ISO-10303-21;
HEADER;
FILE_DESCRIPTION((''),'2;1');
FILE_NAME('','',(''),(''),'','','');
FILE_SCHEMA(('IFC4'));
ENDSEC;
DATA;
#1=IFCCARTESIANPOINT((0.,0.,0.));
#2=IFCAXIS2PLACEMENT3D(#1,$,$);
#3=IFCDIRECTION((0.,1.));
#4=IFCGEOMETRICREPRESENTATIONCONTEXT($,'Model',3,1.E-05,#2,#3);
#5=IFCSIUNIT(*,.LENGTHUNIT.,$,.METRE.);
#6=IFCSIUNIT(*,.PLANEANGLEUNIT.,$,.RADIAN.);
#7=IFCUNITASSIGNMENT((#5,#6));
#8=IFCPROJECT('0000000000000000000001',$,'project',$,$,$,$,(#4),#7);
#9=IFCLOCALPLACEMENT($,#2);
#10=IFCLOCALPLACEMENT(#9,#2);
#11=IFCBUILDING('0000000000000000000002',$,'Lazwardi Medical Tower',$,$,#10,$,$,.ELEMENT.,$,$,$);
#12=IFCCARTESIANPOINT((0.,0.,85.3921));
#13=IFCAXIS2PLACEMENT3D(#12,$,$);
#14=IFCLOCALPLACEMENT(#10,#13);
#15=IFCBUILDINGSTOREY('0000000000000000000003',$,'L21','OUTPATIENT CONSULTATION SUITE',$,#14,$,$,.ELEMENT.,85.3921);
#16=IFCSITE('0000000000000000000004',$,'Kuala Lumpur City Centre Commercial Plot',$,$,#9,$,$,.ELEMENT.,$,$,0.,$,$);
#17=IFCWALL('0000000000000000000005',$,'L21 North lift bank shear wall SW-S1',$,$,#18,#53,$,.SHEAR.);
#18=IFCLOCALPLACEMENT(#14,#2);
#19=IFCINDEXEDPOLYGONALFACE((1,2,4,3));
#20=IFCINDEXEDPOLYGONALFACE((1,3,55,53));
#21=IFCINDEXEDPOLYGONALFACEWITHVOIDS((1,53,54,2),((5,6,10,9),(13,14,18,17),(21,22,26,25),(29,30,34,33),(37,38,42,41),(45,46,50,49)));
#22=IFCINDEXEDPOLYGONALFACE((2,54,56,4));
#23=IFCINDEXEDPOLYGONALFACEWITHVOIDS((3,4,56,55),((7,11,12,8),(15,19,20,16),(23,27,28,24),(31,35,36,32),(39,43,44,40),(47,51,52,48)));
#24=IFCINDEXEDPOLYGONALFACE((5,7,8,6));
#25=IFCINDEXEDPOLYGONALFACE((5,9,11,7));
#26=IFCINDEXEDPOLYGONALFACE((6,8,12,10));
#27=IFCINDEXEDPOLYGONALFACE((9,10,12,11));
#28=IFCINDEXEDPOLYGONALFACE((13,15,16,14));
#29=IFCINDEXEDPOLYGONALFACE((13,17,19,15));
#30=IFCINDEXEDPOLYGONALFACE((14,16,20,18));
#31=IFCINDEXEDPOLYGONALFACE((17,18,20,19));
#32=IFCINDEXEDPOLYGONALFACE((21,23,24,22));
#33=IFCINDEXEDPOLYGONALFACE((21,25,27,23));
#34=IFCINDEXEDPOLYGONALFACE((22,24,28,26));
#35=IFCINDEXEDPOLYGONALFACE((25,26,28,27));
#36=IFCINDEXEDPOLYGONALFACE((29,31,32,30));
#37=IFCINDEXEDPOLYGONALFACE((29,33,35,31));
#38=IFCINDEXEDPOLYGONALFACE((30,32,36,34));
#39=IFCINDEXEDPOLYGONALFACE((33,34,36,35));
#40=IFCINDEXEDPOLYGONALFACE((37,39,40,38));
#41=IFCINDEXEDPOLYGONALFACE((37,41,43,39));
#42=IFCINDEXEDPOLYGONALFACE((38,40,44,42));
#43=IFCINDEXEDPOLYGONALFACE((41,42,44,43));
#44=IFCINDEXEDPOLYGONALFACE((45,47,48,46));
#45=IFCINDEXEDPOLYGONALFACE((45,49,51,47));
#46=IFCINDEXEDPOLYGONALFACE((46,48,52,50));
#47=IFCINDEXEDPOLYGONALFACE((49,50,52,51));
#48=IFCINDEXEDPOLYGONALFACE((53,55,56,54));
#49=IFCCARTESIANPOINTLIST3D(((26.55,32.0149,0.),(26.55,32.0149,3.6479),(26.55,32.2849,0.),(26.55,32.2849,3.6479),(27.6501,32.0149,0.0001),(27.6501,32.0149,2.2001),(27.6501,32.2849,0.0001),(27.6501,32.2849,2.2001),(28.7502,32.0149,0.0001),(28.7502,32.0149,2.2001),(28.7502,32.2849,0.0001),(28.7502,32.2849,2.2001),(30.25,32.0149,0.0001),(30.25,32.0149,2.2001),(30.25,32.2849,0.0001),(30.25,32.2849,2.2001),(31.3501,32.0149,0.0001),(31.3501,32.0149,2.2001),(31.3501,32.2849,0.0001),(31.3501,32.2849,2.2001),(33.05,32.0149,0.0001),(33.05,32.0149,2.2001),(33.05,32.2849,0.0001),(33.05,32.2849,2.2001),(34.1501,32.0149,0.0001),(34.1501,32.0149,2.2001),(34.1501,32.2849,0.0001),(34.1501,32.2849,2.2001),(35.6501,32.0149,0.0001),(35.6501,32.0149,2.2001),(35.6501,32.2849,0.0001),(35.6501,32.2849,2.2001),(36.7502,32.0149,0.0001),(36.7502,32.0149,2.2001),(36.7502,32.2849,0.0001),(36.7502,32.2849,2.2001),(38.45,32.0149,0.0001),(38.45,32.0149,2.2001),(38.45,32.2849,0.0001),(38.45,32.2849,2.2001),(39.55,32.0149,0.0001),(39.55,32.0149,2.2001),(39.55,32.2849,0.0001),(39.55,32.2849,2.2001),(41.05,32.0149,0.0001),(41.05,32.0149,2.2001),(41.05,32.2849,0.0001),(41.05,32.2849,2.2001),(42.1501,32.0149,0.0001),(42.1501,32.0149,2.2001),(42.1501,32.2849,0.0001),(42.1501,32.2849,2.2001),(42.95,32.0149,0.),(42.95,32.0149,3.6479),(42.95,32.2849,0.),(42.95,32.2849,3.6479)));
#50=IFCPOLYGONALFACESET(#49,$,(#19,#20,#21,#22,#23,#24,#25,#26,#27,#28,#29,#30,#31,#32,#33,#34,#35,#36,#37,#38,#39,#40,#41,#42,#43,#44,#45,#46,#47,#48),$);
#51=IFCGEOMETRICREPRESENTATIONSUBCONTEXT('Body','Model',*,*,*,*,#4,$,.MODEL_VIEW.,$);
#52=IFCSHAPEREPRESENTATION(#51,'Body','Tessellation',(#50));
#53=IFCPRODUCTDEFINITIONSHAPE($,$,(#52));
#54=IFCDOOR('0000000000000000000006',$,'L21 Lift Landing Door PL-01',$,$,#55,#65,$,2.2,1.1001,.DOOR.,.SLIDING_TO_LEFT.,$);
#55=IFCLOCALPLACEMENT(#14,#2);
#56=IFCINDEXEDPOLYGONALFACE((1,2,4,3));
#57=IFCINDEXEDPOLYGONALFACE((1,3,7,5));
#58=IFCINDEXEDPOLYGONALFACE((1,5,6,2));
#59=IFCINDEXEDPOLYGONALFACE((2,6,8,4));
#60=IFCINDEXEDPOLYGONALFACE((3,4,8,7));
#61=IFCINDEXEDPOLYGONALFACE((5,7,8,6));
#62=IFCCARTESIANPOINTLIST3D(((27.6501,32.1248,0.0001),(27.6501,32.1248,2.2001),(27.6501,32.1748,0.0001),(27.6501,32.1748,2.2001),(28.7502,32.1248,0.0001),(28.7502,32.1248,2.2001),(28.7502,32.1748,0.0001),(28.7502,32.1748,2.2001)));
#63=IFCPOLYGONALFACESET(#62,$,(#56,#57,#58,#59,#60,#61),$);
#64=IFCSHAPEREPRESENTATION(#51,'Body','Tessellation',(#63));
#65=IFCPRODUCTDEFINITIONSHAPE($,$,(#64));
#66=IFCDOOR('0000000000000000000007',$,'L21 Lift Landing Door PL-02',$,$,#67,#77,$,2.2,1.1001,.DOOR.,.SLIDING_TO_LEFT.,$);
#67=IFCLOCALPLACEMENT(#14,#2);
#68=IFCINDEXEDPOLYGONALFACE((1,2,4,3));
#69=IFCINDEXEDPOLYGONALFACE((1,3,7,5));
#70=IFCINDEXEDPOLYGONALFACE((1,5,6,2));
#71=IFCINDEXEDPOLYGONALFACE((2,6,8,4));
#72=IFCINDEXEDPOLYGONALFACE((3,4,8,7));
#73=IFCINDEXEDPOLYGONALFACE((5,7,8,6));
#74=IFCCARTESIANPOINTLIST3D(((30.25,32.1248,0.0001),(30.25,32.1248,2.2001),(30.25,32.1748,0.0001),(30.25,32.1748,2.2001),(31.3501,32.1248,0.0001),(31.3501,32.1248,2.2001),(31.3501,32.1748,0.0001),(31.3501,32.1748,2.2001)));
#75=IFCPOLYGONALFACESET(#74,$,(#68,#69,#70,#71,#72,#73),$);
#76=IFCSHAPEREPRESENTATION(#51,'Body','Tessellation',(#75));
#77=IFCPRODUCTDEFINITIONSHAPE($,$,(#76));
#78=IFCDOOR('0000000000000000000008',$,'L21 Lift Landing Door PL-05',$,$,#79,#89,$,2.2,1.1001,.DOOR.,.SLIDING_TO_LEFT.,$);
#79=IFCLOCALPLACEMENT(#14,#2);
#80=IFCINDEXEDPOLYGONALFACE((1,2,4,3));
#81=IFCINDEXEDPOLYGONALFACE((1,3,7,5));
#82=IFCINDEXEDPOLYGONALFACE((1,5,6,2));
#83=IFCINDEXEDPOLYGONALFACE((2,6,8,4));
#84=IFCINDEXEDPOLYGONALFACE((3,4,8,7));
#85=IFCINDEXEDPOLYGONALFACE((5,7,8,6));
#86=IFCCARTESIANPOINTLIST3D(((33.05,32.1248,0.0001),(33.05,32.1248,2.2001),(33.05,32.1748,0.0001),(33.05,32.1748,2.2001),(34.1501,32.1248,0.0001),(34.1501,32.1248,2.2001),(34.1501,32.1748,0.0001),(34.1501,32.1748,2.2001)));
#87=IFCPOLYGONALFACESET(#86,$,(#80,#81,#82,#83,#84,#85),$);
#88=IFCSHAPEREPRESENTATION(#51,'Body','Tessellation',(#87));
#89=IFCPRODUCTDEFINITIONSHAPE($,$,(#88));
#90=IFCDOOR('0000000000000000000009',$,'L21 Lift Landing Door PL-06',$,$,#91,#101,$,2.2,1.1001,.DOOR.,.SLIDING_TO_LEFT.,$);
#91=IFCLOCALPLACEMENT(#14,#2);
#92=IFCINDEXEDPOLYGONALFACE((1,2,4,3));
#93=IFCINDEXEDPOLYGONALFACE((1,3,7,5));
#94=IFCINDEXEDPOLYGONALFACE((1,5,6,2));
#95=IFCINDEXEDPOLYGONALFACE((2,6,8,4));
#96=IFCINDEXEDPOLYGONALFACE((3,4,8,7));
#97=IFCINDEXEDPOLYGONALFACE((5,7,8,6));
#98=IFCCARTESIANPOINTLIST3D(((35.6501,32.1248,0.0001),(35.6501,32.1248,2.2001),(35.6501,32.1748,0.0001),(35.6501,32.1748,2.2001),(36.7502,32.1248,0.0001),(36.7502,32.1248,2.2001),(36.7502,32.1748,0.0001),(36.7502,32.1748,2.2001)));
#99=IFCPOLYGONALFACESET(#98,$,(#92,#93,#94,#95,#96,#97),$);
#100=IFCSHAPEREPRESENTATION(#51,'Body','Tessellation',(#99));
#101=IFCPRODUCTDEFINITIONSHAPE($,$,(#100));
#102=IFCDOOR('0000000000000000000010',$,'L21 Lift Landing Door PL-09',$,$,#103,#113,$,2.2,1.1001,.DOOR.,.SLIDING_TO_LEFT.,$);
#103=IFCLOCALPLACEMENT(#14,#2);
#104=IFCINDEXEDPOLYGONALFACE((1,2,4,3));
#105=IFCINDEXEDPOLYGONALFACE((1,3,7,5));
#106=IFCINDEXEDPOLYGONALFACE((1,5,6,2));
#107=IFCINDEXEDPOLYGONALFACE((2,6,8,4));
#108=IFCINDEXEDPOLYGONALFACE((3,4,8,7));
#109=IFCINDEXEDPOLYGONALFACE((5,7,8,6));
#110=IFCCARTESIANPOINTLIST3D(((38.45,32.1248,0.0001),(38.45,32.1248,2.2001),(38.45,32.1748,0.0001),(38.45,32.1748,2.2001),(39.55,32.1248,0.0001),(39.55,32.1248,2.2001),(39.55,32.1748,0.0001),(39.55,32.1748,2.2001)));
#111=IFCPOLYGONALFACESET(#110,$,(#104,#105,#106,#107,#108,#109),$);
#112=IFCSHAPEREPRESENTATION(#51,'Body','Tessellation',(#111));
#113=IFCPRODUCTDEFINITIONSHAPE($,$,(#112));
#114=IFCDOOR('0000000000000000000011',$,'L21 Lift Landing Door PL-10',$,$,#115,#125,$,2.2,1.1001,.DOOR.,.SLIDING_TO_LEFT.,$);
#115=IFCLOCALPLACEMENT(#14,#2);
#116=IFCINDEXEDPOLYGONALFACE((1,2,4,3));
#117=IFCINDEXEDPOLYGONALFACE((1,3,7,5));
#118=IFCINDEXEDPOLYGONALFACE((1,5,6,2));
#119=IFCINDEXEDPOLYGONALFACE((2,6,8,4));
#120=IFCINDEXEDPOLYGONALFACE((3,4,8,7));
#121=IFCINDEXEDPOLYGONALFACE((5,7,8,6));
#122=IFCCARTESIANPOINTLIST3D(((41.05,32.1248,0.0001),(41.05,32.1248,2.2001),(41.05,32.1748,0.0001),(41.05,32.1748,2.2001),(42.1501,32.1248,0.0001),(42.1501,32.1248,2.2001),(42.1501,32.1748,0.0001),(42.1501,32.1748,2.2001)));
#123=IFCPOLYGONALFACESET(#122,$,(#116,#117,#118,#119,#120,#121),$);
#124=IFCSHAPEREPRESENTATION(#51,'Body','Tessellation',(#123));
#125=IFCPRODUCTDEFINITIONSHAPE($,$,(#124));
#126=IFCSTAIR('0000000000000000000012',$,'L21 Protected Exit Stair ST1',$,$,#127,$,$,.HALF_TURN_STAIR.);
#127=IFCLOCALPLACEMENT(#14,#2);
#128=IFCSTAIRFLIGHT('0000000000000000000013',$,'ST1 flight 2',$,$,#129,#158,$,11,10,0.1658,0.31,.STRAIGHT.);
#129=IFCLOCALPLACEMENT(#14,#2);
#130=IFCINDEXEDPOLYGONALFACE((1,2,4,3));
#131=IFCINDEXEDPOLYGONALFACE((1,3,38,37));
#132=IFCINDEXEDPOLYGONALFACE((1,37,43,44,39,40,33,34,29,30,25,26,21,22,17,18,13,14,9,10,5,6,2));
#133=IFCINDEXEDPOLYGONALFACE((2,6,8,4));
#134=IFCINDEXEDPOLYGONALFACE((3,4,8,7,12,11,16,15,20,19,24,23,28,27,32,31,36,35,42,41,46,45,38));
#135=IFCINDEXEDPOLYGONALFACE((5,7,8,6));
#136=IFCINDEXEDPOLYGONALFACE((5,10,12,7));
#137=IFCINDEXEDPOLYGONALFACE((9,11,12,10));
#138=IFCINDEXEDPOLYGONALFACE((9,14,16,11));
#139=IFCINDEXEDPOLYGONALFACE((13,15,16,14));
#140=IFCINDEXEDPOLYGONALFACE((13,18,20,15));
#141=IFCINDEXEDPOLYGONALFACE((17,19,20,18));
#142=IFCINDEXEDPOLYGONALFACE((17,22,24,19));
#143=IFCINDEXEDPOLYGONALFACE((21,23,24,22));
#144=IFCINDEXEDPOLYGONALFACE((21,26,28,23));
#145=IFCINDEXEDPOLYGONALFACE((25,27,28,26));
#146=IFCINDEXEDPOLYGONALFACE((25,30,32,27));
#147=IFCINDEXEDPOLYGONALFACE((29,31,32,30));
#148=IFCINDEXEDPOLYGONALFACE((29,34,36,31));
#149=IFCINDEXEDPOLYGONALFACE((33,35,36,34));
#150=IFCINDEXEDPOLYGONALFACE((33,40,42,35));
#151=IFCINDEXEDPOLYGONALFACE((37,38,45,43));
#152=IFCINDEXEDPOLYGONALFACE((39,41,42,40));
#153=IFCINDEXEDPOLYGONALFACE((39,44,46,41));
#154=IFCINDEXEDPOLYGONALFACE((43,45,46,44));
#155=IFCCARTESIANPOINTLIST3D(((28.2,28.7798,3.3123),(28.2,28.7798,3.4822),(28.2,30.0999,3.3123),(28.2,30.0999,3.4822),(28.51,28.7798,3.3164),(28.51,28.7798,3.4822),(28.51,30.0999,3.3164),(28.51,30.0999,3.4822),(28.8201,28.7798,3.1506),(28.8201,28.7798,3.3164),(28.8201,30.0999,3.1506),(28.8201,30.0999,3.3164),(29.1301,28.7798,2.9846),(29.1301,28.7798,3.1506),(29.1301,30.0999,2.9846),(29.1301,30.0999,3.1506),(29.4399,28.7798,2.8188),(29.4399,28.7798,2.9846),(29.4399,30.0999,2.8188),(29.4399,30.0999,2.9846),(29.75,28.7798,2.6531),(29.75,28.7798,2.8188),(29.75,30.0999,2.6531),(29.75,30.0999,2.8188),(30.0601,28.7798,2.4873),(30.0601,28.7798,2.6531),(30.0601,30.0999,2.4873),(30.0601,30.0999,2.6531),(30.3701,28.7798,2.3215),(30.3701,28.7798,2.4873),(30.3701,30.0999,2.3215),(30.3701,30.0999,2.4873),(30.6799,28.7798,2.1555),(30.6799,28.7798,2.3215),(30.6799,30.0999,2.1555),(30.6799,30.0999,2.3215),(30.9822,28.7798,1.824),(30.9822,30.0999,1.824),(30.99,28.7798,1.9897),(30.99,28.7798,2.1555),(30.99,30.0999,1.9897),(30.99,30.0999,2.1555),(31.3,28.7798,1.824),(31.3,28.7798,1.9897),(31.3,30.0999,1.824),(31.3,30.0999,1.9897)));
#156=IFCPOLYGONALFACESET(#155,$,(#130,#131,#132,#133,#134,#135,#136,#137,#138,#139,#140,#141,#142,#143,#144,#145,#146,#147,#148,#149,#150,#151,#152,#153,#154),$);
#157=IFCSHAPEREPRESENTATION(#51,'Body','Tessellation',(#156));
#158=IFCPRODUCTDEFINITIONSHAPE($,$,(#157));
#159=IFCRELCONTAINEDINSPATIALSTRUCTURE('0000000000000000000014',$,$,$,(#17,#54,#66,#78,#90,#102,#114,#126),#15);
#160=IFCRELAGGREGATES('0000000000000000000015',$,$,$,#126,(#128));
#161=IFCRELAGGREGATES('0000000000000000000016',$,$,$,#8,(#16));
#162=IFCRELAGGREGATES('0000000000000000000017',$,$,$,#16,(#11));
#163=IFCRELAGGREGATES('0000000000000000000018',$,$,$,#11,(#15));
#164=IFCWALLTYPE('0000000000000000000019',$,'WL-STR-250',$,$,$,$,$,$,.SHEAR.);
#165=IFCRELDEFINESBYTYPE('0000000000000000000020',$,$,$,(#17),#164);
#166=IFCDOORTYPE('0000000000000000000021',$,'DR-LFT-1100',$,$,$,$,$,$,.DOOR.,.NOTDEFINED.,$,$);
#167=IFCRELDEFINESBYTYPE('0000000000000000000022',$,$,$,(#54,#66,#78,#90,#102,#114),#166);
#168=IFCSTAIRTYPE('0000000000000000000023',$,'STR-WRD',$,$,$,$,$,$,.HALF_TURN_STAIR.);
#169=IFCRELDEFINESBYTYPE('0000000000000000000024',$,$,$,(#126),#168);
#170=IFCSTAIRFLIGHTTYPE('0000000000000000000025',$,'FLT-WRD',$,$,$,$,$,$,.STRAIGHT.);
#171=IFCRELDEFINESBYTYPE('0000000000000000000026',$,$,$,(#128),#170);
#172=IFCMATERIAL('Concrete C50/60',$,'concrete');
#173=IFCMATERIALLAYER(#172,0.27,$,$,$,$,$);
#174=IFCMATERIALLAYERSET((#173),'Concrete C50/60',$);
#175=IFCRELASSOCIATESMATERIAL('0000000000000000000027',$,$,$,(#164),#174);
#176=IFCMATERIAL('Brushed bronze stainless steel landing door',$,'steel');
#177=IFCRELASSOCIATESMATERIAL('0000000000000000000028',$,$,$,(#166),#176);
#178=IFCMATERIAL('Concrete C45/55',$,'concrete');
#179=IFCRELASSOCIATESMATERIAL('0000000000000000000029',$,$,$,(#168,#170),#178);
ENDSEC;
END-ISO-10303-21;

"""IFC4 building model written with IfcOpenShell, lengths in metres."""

from ifc_helpers import new_model, si_unit, direction, frame, frame_2d, origin, place, context, subcontext, project, spatial, polyline, rectangle, outline, extrude, material, layer, layer_set, type_object, element, fill, aggregate, save


model = new_model("IFC4")

# Units and contexts
model_context = context("Model", 3, precision=1e-05, world=origin(), true_north=direction((0.0, 1.0)))
body_context = subcontext(model_context, "Body", "Model", "MODEL_VIEW")
ifc_project = project(units=[si_unit("LENGTHUNIT", "METRE"), si_unit("PLANEANGLEUNIT", "RADIAN")], contexts=[model_context])

# Site, building, storey
site_placement = place(None, origin())
site = spatial("IfcSite", under=ifc_project, at=site_placement, Name="Kuala Lumpur City Centre Commercial Plot", CompositionType="ELEMENT", RefElevation=0.0)
building_placement = place(site_placement, origin())
building = spatial("IfcBuilding", under=site, at=building_placement, Name="Lazwardi Medical Tower", CompositionType="ELEMENT")
storey_placement = place(building_placement, frame((0.0, 0.0, 85.3921)))
storey = spatial("IfcBuildingStorey", under=building, at=storey_placement, Name="L21", Description="OUTPATIENT CONSULTATION SUITE", CompositionType="ELEMENT", Elevation=85.3921)

# Shared definitions
ifc_material_1 = material(Name="Concrete C50/60", Category="concrete")
ifc_layer_1 = layer(ifc_material_1, 0.27)
ifc_layer_set_1 = layer_set([ifc_layer_1], Name="Concrete C50/60")
wall_type_1 = type_object("IfcWallType", Name="WL-STR-250", PredefinedType="SHEAR", material=ifc_layer_set_1)

# Wall, openings, doors
wall_1_placement = place(storey_placement, frame((26.55, 32.1499, 0.0), z_axis=(0.0, 0.0, 1.0), x_axis=(1.0, 0.0, 0.0)))
wall_1 = element("IfcWall", 1, at=wall_1_placement, inside=storey, type_object=wall_type_1, Name="L21 North lift bank shear wall SW-S1", PredefinedType="SHEAR", context=body_context, shape_type="SweptSolid", body=[
    extrude(rectangle(XDim=16.3999, YDim=0.27, at=frame_2d((8.2, 0.0))), origin(), (0.0, 0.0, 1.0), 3.6479),
])
opening_1_placement = place(wall_1_placement, frame((1.1001, 0.0, 0.0)))
opening_1 = element("IfcOpeningElement", 2, at=opening_1_placement, cuts=wall_1, PredefinedType="OPENING", context=body_context, shape_type="SweptSolid", body=[
    extrude(rectangle(XDim=1.1001, YDim=2.2, at=frame_2d((0.55, 1.1001))), frame((0.0, 0.145, 0.0), z_axis=(0.0, -1.0, 0.0), x_axis=(1.0, 0.0, 0.0)), (0.0, 0.0, 1.0), 0.29),
])
opening_2_placement = place(wall_1_placement, frame((3.7, 0.0, 0.0)))
opening_2 = element("IfcOpeningElement", 3, at=opening_2_placement, cuts=wall_1, PredefinedType="OPENING", context=body_context, shape_type="SweptSolid", body=[
    extrude(rectangle(XDim=1.1001, YDim=2.2, at=frame_2d((0.55, 1.1001))), frame((0.0, 0.145, 0.0), z_axis=(0.0, -1.0, 0.0), x_axis=(1.0, 0.0, 0.0)), (0.0, 0.0, 1.0), 0.29),
])
opening_3_placement = place(wall_1_placement, frame((6.5, 0.0, 0.0)))
opening_3 = element("IfcOpeningElement", 4, at=opening_3_placement, cuts=wall_1, PredefinedType="OPENING", context=body_context, shape_type="SweptSolid", body=[
    extrude(rectangle(XDim=1.1001, YDim=2.2, at=frame_2d((0.55, 1.1001))), frame((0.0, 0.145, 0.0), z_axis=(0.0, -1.0, 0.0), x_axis=(1.0, 0.0, 0.0)), (0.0, 0.0, 1.0), 0.29),
])
opening_4_placement = place(wall_1_placement, frame((9.1001, 0.0, 0.0)))
opening_4 = element("IfcOpeningElement", 5, at=opening_4_placement, cuts=wall_1, PredefinedType="OPENING", context=body_context, shape_type="SweptSolid", body=[
    extrude(rectangle(XDim=1.1001, YDim=2.2, at=frame_2d((0.55, 1.1001))), frame((0.0, 0.145, 0.0), z_axis=(0.0, -1.0, 0.0), x_axis=(1.0, 0.0, 0.0)), (0.0, 0.0, 1.0), 0.29),
])
opening_5_placement = place(wall_1_placement, frame((11.8999, 0.0, 0.0)))
opening_5 = element("IfcOpeningElement", 6, at=opening_5_placement, cuts=wall_1, PredefinedType="OPENING", context=body_context, shape_type="SweptSolid", body=[
    extrude(rectangle(XDim=1.1001, YDim=2.2, at=frame_2d((0.55, 1.1001))), frame((0.0, 0.145, 0.0), z_axis=(0.0, -1.0, 0.0), x_axis=(1.0, 0.0, 0.0)), (0.0, 0.0, 1.0), 0.29),
])
opening_6_placement = place(wall_1_placement, frame((14.5, 0.0, 0.0)))
opening_6 = element("IfcOpeningElement", 7, at=opening_6_placement, cuts=wall_1, PredefinedType="OPENING", context=body_context, shape_type="SweptSolid", body=[
    extrude(rectangle(XDim=1.1001, YDim=2.2, at=frame_2d((0.55, 1.1001))), frame((0.0, 0.145, 0.0), z_axis=(0.0, -1.0, 0.0), x_axis=(1.0, 0.0, 0.0)), (0.0, 0.0, 1.0), 0.29),
])
ifc_material_2 = material(Name="Brushed bronze stainless steel landing door", Category="steel")
door_type_1 = type_object("IfcDoorType", Name="DR-LFT-1100", OperationType="NOTDEFINED", PredefinedType="DOOR", material=ifc_material_2)
door_1_placement = place(opening_1_placement, origin())
door_1 = element("IfcDoor", 8, at=door_1_placement, inside=storey, type_object=door_type_1, Name="L21 Lift Landing Door PL-01", OperationType="SLIDING_TO_LEFT", OverallHeight=2.2, OverallWidth=1.1001, PredefinedType="DOOR", context=body_context, shape_type="SweptSolid", body=[
    extrude(rectangle(XDim=1.1001, YDim=2.2, at=frame_2d((0.55, 1.1001))), frame((0.0, 0.0249, 0.0), z_axis=(0.0, -1.0, 0.0), x_axis=(1.0, 0.0, 0.0)), (0.0, 0.0, 1.0), 0.05),
])
fill(opening_1, door_1)
door_2_placement = place(opening_2_placement, origin())
door_2 = element("IfcDoor", 9, at=door_2_placement, inside=storey, type_object=door_type_1, Name="L21 Lift Landing Door PL-02", OperationType="SLIDING_TO_LEFT", OverallHeight=2.2, OverallWidth=1.1001, PredefinedType="DOOR", context=body_context, shape_type="SweptSolid", body=[
    extrude(rectangle(XDim=1.1001, YDim=2.2, at=frame_2d((0.55, 1.1001))), frame((0.0, 0.0249, 0.0), z_axis=(0.0, -1.0, 0.0), x_axis=(1.0, 0.0, 0.0)), (0.0, 0.0, 1.0), 0.05),
])
fill(opening_2, door_2)
door_3_placement = place(opening_3_placement, origin())
door_3 = element("IfcDoor", 10, at=door_3_placement, inside=storey, type_object=door_type_1, Name="L21 Lift Landing Door PL-05", OperationType="SLIDING_TO_LEFT", OverallHeight=2.2, OverallWidth=1.1001, PredefinedType="DOOR", context=body_context, shape_type="SweptSolid", body=[
    extrude(rectangle(XDim=1.1001, YDim=2.2, at=frame_2d((0.55, 1.1001))), frame((0.0, 0.0249, 0.0), z_axis=(0.0, -1.0, 0.0), x_axis=(1.0, 0.0, 0.0)), (0.0, 0.0, 1.0), 0.05),
])
fill(opening_3, door_3)
door_4_placement = place(opening_4_placement, origin())
door_4 = element("IfcDoor", 11, at=door_4_placement, inside=storey, type_object=door_type_1, Name="L21 Lift Landing Door PL-06", OperationType="SLIDING_TO_LEFT", OverallHeight=2.2, OverallWidth=1.1001, PredefinedType="DOOR", context=body_context, shape_type="SweptSolid", body=[
    extrude(rectangle(XDim=1.1001, YDim=2.2, at=frame_2d((0.55, 1.1001))), frame((0.0, 0.0249, 0.0), z_axis=(0.0, -1.0, 0.0), x_axis=(1.0, 0.0, 0.0)), (0.0, 0.0, 1.0), 0.05),
])
fill(opening_4, door_4)
door_5_placement = place(opening_5_placement, origin())
door_5 = element("IfcDoor", 12, at=door_5_placement, inside=storey, type_object=door_type_1, Name="L21 Lift Landing Door PL-09", OperationType="SLIDING_TO_LEFT", OverallHeight=2.2, OverallWidth=1.1001, PredefinedType="DOOR", context=body_context, shape_type="SweptSolid", body=[
    extrude(rectangle(XDim=1.1001, YDim=2.2, at=frame_2d((0.55, 1.1001))), frame((0.0, 0.0249, 0.0), z_axis=(0.0, -1.0, 0.0), x_axis=(1.0, 0.0, 0.0)), (0.0, 0.0, 1.0), 0.05),
])
fill(opening_5, door_5)
door_6_placement = place(opening_6_placement, origin())
door_6 = element("IfcDoor", 13, at=door_6_placement, inside=storey, type_object=door_type_1, Name="L21 Lift Landing Door PL-10", OperationType="SLIDING_TO_LEFT", OverallHeight=2.2, OverallWidth=1.1001, PredefinedType="DOOR", context=body_context, shape_type="SweptSolid", body=[
    extrude(rectangle(XDim=1.1001, YDim=2.2, at=frame_2d((0.55, 1.1001))), frame((0.0, 0.0249, 0.0), z_axis=(0.0, -1.0, 0.0), x_axis=(1.0, 0.0, 0.0)), (0.0, 0.0, 1.0), 0.05),
])
fill(opening_6, door_6)

# Stair, stair flight
ifc_material_3 = material(Name="Concrete C45/55", Category="concrete")
stair_type = type_object("IfcStairType", Name="STR-WRD", PredefinedType="HALF_TURN_STAIR", material=ifc_material_3)
stair_placement = place(storey_placement, origin())
stair = element("IfcStair", 14, at=stair_placement, inside=storey, type_object=stair_type, Name="L21 Protected Exit Stair ST1", PredefinedType="HALF_TURN_STAIR")
stair_flight_type = type_object("IfcStairFlightType", Name="FLT-WRD", PredefinedType="STRAIGHT", material=ifc_material_3)
stair_flight_placement = place(storey_placement, frame((31.3, 29.4399, 1.824), z_axis=(0.0, 0.0, 1.0), x_axis=(-1.0, 0.0, 0.0)))
stair_flight = element("IfcStairFlight", 15, at=stair_flight_placement, type_object=stair_flight_type, Name="ST1 flight 2", NumberOfRisers=11, NumberOfTreads=10, PredefinedType="STRAIGHT", RiserHeight=0.1658, TreadLength=0.31, context=body_context, shape_type="SweptSolid", body=[
    extrude(outline(polyline([(0.0, 0.0), (0.0, 0.1658), (0.3101, 0.1658), (0.3101, 0.3315), (0.6201, 0.3315), (0.6201, 0.4976), (0.9299, 0.4976), (0.9299, 0.6633), (1.24, 0.6633), (1.24, 0.8291), (1.55, 0.8291), (1.55, 0.9949), (1.8601, 0.9949), (1.8601, 1.1606), (2.1699, 1.1606), (2.1699, 1.3267), (2.48, 1.3267), (2.48, 1.4924), (2.79, 1.4924), (2.79, 1.6582), (3.1001, 1.6582), (3.1001, 1.824), (3.1001, 1.4883), (0.3179, 0.0), (0.0, 0.0)])), frame((0.0, 0.6602, 0.0), z_axis=(0.0, -1.0, 0.0), x_axis=(1.0, 0.0, 0.0)), (0.0, 0.0, 1.0), 1.3201),
])
aggregate(stair, [stair_flight])

save(model, "model.ifc")
